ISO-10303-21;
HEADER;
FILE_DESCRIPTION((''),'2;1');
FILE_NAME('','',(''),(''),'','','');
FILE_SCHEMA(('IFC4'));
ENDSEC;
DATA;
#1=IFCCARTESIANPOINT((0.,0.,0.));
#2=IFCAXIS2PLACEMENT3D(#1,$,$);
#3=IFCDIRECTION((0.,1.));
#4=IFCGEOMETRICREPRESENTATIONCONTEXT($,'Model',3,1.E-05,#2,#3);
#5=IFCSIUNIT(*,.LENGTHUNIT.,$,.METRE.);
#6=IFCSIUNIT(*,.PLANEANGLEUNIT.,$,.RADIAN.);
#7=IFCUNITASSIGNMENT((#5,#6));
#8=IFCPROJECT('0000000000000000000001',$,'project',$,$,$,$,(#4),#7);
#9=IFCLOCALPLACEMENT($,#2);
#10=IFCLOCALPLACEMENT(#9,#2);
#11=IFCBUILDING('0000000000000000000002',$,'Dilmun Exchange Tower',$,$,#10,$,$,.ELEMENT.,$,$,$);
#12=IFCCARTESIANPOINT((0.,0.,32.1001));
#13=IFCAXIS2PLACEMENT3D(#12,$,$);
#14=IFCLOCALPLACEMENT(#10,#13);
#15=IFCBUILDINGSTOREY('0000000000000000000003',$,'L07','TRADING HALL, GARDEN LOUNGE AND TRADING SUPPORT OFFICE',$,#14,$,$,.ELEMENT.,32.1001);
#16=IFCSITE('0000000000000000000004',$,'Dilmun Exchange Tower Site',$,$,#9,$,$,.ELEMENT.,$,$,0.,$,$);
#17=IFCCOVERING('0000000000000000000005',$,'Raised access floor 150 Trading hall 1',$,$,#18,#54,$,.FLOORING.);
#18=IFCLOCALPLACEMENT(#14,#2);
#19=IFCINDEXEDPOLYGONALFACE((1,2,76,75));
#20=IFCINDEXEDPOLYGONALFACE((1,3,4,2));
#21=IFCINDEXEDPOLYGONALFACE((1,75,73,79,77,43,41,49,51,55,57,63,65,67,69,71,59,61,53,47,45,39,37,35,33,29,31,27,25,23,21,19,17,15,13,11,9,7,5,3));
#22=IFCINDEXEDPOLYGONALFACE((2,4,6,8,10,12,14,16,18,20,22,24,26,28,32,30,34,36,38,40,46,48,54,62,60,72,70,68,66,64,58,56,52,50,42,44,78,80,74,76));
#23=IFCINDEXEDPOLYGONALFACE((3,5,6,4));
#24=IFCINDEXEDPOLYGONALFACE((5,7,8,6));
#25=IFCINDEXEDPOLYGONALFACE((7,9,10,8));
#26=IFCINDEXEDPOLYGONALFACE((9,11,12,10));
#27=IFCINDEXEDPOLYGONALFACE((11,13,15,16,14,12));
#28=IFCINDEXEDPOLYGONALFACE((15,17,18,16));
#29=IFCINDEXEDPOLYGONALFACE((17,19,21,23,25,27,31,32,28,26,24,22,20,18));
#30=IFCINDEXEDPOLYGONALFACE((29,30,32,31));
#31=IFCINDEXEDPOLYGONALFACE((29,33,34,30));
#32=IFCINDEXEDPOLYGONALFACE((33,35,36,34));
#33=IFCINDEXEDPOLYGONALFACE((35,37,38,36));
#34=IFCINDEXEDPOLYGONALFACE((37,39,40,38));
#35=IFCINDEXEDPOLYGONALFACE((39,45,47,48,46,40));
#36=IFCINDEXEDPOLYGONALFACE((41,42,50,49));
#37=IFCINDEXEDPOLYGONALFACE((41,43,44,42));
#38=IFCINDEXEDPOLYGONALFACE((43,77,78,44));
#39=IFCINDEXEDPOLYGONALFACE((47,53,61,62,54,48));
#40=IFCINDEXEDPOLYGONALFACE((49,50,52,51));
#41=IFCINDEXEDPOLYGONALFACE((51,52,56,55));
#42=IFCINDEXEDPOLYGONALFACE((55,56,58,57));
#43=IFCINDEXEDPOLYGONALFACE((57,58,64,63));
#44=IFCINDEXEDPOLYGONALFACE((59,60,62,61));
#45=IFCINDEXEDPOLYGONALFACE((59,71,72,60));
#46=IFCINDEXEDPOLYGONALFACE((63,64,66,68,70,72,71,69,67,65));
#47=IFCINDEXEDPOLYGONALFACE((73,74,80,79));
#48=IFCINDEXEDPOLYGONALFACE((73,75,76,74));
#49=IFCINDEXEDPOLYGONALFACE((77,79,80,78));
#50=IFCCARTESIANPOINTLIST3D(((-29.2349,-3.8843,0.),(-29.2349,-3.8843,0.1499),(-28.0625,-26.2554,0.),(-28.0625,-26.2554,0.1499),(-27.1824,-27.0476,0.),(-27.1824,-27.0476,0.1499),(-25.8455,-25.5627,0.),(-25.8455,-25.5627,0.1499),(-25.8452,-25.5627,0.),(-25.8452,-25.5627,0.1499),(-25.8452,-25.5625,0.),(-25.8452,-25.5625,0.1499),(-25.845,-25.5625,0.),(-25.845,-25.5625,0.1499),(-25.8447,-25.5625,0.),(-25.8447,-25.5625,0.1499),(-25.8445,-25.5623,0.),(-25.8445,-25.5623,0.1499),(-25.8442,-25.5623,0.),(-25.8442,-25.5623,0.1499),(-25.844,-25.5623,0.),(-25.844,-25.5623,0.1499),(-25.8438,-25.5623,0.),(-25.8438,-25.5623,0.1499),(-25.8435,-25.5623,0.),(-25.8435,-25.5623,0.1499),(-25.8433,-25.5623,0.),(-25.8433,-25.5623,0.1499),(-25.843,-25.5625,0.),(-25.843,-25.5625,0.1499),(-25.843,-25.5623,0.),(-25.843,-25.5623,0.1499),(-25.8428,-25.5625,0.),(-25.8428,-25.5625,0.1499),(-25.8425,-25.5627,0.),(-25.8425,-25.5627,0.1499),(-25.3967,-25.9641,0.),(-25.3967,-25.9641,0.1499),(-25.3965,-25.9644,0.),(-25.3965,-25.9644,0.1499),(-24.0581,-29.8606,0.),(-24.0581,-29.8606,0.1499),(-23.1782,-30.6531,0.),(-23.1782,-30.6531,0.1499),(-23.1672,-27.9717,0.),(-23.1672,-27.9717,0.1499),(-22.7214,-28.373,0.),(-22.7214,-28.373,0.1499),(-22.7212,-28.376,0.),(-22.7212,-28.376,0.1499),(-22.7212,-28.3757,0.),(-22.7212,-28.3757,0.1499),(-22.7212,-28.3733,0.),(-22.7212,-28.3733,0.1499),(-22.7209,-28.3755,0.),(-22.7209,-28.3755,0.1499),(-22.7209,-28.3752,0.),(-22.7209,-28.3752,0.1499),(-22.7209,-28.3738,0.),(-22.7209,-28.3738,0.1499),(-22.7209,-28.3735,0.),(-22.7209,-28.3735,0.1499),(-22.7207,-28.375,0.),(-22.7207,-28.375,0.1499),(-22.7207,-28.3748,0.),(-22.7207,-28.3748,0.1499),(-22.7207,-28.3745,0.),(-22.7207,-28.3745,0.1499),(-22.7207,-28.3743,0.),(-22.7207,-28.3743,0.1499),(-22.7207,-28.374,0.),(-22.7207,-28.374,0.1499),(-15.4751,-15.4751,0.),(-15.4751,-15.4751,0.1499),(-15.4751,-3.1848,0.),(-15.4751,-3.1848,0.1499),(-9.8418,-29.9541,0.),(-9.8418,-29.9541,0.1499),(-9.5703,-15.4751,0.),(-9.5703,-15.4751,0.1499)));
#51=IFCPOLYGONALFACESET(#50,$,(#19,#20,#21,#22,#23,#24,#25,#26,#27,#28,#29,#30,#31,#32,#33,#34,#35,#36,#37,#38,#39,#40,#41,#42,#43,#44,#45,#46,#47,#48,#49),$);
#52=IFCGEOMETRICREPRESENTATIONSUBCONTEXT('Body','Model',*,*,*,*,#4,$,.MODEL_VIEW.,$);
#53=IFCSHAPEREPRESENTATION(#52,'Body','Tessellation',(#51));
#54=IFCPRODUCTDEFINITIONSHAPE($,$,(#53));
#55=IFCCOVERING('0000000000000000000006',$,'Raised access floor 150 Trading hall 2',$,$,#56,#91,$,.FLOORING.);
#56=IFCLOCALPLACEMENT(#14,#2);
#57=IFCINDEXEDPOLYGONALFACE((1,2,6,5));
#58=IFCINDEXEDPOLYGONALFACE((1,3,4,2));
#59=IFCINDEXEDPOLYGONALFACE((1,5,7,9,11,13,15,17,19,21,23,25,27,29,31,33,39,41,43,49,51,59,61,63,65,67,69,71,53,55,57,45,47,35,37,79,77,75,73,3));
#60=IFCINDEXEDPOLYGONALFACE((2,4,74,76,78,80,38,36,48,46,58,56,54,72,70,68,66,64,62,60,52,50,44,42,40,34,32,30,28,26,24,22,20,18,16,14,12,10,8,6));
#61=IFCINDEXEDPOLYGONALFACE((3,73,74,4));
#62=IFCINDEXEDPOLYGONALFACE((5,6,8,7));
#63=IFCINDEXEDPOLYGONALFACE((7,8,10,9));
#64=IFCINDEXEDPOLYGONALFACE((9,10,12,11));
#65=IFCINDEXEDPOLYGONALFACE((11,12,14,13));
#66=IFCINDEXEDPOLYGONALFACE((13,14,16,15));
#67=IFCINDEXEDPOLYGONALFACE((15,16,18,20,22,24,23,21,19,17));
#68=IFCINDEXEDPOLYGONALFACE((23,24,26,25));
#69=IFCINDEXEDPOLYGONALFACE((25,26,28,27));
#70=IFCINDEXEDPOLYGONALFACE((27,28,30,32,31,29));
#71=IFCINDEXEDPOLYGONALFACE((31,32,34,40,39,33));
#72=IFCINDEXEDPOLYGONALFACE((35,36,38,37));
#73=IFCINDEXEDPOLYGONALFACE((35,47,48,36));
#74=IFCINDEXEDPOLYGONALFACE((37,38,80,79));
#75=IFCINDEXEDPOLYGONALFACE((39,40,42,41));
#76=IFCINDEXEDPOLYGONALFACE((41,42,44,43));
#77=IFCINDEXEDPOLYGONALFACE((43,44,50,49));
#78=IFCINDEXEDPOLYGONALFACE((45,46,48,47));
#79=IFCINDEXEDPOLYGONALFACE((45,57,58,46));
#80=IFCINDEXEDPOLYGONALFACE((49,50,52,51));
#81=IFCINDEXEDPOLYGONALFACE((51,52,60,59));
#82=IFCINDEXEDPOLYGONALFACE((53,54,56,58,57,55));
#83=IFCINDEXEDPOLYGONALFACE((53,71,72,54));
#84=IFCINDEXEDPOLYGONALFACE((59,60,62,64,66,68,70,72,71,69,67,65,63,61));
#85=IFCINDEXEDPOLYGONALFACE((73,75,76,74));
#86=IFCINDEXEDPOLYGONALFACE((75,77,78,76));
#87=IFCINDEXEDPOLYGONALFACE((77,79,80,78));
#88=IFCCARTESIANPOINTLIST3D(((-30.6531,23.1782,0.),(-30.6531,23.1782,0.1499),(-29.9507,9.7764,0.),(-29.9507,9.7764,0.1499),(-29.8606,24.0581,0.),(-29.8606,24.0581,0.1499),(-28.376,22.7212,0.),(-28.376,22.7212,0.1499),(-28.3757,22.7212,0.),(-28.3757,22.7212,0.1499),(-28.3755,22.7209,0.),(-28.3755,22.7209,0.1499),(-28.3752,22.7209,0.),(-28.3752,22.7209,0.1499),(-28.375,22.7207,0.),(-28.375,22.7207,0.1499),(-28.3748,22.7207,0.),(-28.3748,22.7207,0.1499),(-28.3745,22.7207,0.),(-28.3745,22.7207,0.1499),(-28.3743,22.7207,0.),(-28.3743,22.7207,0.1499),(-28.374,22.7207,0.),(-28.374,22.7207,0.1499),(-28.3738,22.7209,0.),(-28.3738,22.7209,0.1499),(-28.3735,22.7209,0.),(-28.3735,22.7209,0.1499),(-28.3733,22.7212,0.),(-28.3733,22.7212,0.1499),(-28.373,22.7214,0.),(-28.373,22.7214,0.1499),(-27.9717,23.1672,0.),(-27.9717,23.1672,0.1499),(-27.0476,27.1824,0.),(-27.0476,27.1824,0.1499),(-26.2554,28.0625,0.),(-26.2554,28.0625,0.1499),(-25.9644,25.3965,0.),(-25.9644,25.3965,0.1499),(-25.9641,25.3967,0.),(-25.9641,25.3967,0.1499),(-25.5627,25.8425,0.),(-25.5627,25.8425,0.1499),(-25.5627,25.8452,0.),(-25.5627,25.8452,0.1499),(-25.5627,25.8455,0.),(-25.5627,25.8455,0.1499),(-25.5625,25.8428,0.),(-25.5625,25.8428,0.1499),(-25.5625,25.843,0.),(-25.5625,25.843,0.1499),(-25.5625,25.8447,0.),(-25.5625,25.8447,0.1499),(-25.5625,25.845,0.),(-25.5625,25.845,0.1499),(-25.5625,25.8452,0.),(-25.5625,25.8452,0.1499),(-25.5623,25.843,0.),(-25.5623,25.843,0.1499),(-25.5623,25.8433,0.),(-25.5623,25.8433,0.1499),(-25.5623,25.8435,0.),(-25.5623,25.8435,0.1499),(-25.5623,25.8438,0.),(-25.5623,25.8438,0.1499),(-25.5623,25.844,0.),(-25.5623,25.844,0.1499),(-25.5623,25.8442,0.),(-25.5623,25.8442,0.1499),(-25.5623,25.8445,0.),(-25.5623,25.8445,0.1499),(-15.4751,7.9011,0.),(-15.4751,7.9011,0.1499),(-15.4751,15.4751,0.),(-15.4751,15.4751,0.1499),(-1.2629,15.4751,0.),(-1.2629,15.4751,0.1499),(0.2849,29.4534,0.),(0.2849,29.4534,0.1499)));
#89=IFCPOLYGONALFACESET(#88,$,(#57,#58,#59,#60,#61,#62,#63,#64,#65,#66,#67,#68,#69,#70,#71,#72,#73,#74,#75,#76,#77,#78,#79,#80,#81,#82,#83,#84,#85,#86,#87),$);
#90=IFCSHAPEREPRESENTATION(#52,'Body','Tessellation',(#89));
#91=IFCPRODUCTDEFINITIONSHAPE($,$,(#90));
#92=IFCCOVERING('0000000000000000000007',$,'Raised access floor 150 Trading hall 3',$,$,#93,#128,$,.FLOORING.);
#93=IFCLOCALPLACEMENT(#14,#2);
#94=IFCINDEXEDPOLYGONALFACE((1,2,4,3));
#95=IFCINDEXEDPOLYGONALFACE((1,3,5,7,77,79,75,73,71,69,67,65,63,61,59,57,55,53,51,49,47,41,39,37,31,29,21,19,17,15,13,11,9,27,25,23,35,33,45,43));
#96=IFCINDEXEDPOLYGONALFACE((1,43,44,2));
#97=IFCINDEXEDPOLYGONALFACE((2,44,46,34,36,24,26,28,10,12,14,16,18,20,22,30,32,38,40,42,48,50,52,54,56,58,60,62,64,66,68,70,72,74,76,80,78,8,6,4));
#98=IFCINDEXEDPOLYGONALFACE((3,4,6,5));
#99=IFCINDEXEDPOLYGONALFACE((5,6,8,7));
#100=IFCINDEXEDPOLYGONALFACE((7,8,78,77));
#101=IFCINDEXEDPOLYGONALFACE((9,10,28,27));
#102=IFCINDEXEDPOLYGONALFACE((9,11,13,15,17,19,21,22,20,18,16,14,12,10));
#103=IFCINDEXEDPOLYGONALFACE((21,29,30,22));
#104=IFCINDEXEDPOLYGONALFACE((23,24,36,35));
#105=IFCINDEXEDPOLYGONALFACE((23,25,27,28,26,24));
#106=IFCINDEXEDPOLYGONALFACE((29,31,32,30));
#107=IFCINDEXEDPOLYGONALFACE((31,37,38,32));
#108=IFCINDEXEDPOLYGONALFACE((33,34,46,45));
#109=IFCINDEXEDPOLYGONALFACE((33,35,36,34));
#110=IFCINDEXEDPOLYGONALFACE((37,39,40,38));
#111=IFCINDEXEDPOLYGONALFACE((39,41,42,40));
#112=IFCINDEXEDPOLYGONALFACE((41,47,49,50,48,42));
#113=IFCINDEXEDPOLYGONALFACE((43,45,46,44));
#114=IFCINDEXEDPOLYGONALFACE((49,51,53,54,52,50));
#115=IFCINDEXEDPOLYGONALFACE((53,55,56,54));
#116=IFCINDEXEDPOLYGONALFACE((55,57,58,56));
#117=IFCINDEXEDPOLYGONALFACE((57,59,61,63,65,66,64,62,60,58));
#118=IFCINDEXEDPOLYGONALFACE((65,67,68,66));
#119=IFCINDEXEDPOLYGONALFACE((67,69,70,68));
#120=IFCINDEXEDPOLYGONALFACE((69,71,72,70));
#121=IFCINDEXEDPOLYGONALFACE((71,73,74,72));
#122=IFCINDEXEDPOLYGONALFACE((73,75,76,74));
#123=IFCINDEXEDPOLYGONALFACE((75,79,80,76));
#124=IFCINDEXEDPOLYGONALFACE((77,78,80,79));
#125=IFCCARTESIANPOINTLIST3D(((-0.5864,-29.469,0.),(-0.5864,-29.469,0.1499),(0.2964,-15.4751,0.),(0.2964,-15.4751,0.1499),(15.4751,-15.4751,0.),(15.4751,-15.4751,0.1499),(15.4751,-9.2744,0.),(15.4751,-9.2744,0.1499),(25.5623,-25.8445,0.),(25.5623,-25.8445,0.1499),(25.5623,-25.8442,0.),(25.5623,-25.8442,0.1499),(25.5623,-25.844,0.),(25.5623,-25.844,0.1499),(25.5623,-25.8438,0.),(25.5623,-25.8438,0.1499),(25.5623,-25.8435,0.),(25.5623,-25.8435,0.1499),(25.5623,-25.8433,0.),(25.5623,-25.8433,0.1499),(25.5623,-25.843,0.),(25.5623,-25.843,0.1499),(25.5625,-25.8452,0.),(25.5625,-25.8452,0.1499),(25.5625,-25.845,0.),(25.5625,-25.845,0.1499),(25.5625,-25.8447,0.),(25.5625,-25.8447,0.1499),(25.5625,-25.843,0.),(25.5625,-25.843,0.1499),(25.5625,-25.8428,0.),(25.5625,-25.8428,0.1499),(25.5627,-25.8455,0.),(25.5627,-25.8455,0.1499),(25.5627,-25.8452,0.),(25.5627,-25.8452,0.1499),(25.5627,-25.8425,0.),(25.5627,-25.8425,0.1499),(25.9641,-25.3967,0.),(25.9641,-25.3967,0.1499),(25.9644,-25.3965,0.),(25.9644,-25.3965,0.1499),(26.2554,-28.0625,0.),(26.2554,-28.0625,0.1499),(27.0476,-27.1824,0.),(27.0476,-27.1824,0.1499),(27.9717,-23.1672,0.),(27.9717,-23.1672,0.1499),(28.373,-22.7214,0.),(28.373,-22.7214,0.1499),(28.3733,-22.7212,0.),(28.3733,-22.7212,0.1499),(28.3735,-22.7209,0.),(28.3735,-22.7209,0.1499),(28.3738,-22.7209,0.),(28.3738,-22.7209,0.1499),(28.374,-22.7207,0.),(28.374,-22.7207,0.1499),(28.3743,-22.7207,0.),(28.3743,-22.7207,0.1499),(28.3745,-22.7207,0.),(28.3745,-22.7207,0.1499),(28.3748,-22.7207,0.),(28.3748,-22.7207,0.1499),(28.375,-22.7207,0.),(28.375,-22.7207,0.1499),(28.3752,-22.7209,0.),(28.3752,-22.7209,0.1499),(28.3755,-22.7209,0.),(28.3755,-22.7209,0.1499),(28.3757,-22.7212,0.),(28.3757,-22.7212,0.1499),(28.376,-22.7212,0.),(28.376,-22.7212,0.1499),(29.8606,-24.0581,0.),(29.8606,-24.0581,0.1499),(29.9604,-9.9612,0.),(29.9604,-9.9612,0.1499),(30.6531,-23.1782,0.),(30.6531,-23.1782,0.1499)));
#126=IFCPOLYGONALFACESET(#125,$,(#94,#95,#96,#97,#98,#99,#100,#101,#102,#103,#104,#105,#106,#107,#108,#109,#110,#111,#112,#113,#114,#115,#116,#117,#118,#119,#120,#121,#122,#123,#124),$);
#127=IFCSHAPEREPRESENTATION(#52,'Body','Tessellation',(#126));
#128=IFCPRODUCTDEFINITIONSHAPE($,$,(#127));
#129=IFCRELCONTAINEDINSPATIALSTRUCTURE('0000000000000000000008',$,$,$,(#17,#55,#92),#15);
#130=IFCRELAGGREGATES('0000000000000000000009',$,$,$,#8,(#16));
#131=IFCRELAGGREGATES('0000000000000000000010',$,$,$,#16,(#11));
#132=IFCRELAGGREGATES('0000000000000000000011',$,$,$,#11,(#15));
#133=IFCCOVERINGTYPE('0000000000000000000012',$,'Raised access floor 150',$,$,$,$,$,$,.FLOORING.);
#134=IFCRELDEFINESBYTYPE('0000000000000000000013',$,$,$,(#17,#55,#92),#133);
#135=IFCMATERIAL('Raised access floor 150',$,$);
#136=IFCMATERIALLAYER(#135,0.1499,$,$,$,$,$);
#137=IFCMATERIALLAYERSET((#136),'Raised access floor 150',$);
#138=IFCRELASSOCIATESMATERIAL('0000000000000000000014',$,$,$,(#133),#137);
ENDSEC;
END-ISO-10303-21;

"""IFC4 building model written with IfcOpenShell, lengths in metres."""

from ifc_helpers import new_model, si_unit, direction, frame, origin, place, context, subcontext, project, spatial, polyline, outline, extrude, material, layer, layer_set, type_object, element, save


model = new_model("IFC4")

# Units and contexts
model_context = context("Model", 3, precision=1e-05, world=origin(), true_north=direction((0.0, 1.0)))
body_context = subcontext(model_context, "Body", "Model", "MODEL_VIEW")
ifc_project = project(units=[si_unit("LENGTHUNIT", "METRE"), si_unit("PLANEANGLEUNIT", "RADIAN")], contexts=[model_context])

# Site, building, storey
site_placement = place(None, origin())
site = spatial("IfcSite", under=ifc_project, at=site_placement, Name="Dilmun Exchange Tower Site", CompositionType="ELEMENT", RefElevation=0.0)
building_placement = place(site_placement, origin())
building = spatial("IfcBuilding", under=site, at=building_placement, Name="Dilmun Exchange Tower", CompositionType="ELEMENT")
storey_placement = place(building_placement, frame((0.0, 0.0, 32.1001)))
storey = spatial("IfcBuildingStorey", under=building, at=storey_placement, Name="L07", Description="TRADING HALL, GARDEN LOUNGE AND TRADING SUPPORT OFFICE", CompositionType="ELEMENT", Elevation=32.1001)

# Coverings
ifc_material_1 = material(Name="Raised access floor 150")
ifc_layer_1 = layer(ifc_material_1, 0.1499)
ifc_layer_set_1 = layer_set([ifc_layer_1], Name="Raised access floor 150")
covering_type_1 = type_object("IfcCoveringType", Name="Raised access floor 150", PredefinedType="FLOORING", material=ifc_layer_set_1)
covering_1_placement = place(storey_placement, origin())
element("IfcCovering", 1, at=covering_1_placement, inside=storey, type_object=covering_type_1, Name="Raised access floor 150 Trading hall 1", PredefinedType="FLOORING", context=body_context, shape_type="SweptSolid", body=[
    extrude(outline(polyline([(-15.4751, -3.1848), (-15.4751, -15.4751), (-9.5703, -15.4751), (-9.8418, -29.9541), (-23.1782, -30.6531), (-24.0581, -29.8606), (-22.7212, -28.376), (-22.7212, -28.3757), (-22.7209, -28.3755), (-22.7209, -28.3755), (-22.7209, -28.3752), (-22.7207, -28.375), (-22.7207, -28.3748), (-22.7207, -28.3745), (-22.7207, -28.3745), (-22.7207, -28.3743), (-22.7207, -28.374), (-22.7209, -28.3738), (-22.7209, -28.3738), (-22.7209, -28.3735), (-22.7212, -28.3733), (-22.7212, -28.3733), (-22.7214, -28.373), (-23.1672, -27.9717), (-23.1672, -27.9717), (-23.1672, -27.9717), (-25.3965, -25.9644), (-25.3965, -25.9644), (-25.3967, -25.9641), (-25.8425, -25.5627), (-25.8428, -25.5625), (-25.843, -25.5625), (-25.843, -25.5623), (-25.8433, -25.5623), (-25.8435, -25.5623), (-25.8438, -25.5623), (-25.8438, -25.5623), (-25.844, -25.5623), (-25.8442, -25.5623), (-25.8445, -25.5623), (-25.8445, -25.5623), (-25.8447, -25.5625), (-25.845, -25.5625), (-25.8452, -25.5625), (-25.8452, -25.5627), (-25.8455, -25.5627), (-27.1824, -27.0476), (-28.0625, -26.2554), (-29.2349, -3.8843), (-15.4751, -3.1848)])), origin(), (0.0, 0.0, 1.0), 0.1499),
])
covering_2_placement = place(storey_placement, origin())
element("IfcCovering", 2, at=covering_2_placement, inside=storey, type_object=covering_type_1, Name="Raised access floor 150 Trading hall 2", PredefinedType="FLOORING", context=body_context, shape_type="SweptSolid", body=[
    extrude(outline(polyline([(-1.2629, 15.4751), (-15.4751, 15.4751), (-15.4751, 7.9011), (-29.9507, 9.7764), (-30.6531, 23.1782), (-29.8606, 24.0581), (-28.376, 22.7212), (-28.3757, 22.7212), (-28.3755, 22.7209), (-28.3755, 22.7209), (-28.3752, 22.7209), (-28.375, 22.7207), (-28.3748, 22.7207), (-28.3745, 22.7207), (-28.3745, 22.7207), (-28.3743, 22.7207), (-28.374, 22.7207), (-28.3738, 22.7209), (-28.3738, 22.7209), (-28.3735, 22.7209), (-28.3733, 22.7212), (-28.3733, 22.7212), (-28.373, 22.7214), (-27.9717, 23.1672), (-27.9717, 23.1672), (-27.9717, 23.1672), (-25.9644, 25.3965), (-25.9644, 25.3965), (-25.9641, 25.3967), (-25.5627, 25.8425), (-25.5625, 25.8428), (-25.5625, 25.843), (-25.5623, 25.843), (-25.5623, 25.8433), (-25.5623, 25.8435), (-25.5623, 25.8438), (-25.5623, 25.8438), (-25.5623, 25.844), (-25.5623, 25.8442), (-25.5623, 25.8445), (-25.5623, 25.8445), (-25.5625, 25.8447), (-25.5625, 25.845), (-25.5625, 25.8452), (-25.5627, 25.8452), (-25.5627, 25.8455), (-27.0476, 27.1824), (-26.2554, 28.0625), (0.2849, 29.4534), (-1.2629, 15.4751)])), origin(), (0.0, 0.0, 1.0), 0.1499),
])
covering_3_placement = place(storey_placement, origin())
element("IfcCovering", 3, at=covering_3_placement, inside=storey, type_object=covering_type_1, Name="Raised access floor 150 Trading hall 3", PredefinedType="FLOORING", context=body_context, shape_type="SweptSolid", body=[
    extrude(outline(polyline([(0.2964, -15.4751), (15.4751, -15.4751), (15.4751, -9.2744), (29.9604, -9.9612), (30.6531, -23.1782), (29.8606, -24.0581), (28.376, -22.7212), (28.3757, -22.7212), (28.3755, -22.7209), (28.3755, -22.7209), (28.3752, -22.7209), (28.375, -22.7207), (28.3748, -22.7207), (28.3745, -22.7207), (28.3745, -22.7207), (28.3743, -22.7207), (28.374, -22.7207), (28.3738, -22.7209), (28.3738, -22.7209), (28.3735, -22.7209), (28.3733, -22.7212), (28.3733, -22.7212), (28.373, -22.7214), (27.9717, -23.1672), (27.9717, -23.1672), (27.9717, -23.1672), (25.9644, -25.3965), (25.9644, -25.3965), (25.9641, -25.3967), (25.5627, -25.8425), (25.5625, -25.8428), (25.5625, -25.843), (25.5623, -25.843), (25.5623, -25.8433), (25.5623, -25.8435), (25.5623, -25.8438), (25.5623, -25.8438), (25.5623, -25.844), (25.5623, -25.8442), (25.5623, -25.8445), (25.5623, -25.8445), (25.5625, -25.8447), (25.5625, -25.845), (25.5625, -25.8452), (25.5627, -25.8452), (25.5627, -25.8455), (27.0476, -27.1824), (26.2554, -28.0625), (-0.5864, -29.469), (0.2964, -15.4751)])), origin(), (0.0, 0.0, 1.0), 0.1499),
])

save(model, "model.ifc")
